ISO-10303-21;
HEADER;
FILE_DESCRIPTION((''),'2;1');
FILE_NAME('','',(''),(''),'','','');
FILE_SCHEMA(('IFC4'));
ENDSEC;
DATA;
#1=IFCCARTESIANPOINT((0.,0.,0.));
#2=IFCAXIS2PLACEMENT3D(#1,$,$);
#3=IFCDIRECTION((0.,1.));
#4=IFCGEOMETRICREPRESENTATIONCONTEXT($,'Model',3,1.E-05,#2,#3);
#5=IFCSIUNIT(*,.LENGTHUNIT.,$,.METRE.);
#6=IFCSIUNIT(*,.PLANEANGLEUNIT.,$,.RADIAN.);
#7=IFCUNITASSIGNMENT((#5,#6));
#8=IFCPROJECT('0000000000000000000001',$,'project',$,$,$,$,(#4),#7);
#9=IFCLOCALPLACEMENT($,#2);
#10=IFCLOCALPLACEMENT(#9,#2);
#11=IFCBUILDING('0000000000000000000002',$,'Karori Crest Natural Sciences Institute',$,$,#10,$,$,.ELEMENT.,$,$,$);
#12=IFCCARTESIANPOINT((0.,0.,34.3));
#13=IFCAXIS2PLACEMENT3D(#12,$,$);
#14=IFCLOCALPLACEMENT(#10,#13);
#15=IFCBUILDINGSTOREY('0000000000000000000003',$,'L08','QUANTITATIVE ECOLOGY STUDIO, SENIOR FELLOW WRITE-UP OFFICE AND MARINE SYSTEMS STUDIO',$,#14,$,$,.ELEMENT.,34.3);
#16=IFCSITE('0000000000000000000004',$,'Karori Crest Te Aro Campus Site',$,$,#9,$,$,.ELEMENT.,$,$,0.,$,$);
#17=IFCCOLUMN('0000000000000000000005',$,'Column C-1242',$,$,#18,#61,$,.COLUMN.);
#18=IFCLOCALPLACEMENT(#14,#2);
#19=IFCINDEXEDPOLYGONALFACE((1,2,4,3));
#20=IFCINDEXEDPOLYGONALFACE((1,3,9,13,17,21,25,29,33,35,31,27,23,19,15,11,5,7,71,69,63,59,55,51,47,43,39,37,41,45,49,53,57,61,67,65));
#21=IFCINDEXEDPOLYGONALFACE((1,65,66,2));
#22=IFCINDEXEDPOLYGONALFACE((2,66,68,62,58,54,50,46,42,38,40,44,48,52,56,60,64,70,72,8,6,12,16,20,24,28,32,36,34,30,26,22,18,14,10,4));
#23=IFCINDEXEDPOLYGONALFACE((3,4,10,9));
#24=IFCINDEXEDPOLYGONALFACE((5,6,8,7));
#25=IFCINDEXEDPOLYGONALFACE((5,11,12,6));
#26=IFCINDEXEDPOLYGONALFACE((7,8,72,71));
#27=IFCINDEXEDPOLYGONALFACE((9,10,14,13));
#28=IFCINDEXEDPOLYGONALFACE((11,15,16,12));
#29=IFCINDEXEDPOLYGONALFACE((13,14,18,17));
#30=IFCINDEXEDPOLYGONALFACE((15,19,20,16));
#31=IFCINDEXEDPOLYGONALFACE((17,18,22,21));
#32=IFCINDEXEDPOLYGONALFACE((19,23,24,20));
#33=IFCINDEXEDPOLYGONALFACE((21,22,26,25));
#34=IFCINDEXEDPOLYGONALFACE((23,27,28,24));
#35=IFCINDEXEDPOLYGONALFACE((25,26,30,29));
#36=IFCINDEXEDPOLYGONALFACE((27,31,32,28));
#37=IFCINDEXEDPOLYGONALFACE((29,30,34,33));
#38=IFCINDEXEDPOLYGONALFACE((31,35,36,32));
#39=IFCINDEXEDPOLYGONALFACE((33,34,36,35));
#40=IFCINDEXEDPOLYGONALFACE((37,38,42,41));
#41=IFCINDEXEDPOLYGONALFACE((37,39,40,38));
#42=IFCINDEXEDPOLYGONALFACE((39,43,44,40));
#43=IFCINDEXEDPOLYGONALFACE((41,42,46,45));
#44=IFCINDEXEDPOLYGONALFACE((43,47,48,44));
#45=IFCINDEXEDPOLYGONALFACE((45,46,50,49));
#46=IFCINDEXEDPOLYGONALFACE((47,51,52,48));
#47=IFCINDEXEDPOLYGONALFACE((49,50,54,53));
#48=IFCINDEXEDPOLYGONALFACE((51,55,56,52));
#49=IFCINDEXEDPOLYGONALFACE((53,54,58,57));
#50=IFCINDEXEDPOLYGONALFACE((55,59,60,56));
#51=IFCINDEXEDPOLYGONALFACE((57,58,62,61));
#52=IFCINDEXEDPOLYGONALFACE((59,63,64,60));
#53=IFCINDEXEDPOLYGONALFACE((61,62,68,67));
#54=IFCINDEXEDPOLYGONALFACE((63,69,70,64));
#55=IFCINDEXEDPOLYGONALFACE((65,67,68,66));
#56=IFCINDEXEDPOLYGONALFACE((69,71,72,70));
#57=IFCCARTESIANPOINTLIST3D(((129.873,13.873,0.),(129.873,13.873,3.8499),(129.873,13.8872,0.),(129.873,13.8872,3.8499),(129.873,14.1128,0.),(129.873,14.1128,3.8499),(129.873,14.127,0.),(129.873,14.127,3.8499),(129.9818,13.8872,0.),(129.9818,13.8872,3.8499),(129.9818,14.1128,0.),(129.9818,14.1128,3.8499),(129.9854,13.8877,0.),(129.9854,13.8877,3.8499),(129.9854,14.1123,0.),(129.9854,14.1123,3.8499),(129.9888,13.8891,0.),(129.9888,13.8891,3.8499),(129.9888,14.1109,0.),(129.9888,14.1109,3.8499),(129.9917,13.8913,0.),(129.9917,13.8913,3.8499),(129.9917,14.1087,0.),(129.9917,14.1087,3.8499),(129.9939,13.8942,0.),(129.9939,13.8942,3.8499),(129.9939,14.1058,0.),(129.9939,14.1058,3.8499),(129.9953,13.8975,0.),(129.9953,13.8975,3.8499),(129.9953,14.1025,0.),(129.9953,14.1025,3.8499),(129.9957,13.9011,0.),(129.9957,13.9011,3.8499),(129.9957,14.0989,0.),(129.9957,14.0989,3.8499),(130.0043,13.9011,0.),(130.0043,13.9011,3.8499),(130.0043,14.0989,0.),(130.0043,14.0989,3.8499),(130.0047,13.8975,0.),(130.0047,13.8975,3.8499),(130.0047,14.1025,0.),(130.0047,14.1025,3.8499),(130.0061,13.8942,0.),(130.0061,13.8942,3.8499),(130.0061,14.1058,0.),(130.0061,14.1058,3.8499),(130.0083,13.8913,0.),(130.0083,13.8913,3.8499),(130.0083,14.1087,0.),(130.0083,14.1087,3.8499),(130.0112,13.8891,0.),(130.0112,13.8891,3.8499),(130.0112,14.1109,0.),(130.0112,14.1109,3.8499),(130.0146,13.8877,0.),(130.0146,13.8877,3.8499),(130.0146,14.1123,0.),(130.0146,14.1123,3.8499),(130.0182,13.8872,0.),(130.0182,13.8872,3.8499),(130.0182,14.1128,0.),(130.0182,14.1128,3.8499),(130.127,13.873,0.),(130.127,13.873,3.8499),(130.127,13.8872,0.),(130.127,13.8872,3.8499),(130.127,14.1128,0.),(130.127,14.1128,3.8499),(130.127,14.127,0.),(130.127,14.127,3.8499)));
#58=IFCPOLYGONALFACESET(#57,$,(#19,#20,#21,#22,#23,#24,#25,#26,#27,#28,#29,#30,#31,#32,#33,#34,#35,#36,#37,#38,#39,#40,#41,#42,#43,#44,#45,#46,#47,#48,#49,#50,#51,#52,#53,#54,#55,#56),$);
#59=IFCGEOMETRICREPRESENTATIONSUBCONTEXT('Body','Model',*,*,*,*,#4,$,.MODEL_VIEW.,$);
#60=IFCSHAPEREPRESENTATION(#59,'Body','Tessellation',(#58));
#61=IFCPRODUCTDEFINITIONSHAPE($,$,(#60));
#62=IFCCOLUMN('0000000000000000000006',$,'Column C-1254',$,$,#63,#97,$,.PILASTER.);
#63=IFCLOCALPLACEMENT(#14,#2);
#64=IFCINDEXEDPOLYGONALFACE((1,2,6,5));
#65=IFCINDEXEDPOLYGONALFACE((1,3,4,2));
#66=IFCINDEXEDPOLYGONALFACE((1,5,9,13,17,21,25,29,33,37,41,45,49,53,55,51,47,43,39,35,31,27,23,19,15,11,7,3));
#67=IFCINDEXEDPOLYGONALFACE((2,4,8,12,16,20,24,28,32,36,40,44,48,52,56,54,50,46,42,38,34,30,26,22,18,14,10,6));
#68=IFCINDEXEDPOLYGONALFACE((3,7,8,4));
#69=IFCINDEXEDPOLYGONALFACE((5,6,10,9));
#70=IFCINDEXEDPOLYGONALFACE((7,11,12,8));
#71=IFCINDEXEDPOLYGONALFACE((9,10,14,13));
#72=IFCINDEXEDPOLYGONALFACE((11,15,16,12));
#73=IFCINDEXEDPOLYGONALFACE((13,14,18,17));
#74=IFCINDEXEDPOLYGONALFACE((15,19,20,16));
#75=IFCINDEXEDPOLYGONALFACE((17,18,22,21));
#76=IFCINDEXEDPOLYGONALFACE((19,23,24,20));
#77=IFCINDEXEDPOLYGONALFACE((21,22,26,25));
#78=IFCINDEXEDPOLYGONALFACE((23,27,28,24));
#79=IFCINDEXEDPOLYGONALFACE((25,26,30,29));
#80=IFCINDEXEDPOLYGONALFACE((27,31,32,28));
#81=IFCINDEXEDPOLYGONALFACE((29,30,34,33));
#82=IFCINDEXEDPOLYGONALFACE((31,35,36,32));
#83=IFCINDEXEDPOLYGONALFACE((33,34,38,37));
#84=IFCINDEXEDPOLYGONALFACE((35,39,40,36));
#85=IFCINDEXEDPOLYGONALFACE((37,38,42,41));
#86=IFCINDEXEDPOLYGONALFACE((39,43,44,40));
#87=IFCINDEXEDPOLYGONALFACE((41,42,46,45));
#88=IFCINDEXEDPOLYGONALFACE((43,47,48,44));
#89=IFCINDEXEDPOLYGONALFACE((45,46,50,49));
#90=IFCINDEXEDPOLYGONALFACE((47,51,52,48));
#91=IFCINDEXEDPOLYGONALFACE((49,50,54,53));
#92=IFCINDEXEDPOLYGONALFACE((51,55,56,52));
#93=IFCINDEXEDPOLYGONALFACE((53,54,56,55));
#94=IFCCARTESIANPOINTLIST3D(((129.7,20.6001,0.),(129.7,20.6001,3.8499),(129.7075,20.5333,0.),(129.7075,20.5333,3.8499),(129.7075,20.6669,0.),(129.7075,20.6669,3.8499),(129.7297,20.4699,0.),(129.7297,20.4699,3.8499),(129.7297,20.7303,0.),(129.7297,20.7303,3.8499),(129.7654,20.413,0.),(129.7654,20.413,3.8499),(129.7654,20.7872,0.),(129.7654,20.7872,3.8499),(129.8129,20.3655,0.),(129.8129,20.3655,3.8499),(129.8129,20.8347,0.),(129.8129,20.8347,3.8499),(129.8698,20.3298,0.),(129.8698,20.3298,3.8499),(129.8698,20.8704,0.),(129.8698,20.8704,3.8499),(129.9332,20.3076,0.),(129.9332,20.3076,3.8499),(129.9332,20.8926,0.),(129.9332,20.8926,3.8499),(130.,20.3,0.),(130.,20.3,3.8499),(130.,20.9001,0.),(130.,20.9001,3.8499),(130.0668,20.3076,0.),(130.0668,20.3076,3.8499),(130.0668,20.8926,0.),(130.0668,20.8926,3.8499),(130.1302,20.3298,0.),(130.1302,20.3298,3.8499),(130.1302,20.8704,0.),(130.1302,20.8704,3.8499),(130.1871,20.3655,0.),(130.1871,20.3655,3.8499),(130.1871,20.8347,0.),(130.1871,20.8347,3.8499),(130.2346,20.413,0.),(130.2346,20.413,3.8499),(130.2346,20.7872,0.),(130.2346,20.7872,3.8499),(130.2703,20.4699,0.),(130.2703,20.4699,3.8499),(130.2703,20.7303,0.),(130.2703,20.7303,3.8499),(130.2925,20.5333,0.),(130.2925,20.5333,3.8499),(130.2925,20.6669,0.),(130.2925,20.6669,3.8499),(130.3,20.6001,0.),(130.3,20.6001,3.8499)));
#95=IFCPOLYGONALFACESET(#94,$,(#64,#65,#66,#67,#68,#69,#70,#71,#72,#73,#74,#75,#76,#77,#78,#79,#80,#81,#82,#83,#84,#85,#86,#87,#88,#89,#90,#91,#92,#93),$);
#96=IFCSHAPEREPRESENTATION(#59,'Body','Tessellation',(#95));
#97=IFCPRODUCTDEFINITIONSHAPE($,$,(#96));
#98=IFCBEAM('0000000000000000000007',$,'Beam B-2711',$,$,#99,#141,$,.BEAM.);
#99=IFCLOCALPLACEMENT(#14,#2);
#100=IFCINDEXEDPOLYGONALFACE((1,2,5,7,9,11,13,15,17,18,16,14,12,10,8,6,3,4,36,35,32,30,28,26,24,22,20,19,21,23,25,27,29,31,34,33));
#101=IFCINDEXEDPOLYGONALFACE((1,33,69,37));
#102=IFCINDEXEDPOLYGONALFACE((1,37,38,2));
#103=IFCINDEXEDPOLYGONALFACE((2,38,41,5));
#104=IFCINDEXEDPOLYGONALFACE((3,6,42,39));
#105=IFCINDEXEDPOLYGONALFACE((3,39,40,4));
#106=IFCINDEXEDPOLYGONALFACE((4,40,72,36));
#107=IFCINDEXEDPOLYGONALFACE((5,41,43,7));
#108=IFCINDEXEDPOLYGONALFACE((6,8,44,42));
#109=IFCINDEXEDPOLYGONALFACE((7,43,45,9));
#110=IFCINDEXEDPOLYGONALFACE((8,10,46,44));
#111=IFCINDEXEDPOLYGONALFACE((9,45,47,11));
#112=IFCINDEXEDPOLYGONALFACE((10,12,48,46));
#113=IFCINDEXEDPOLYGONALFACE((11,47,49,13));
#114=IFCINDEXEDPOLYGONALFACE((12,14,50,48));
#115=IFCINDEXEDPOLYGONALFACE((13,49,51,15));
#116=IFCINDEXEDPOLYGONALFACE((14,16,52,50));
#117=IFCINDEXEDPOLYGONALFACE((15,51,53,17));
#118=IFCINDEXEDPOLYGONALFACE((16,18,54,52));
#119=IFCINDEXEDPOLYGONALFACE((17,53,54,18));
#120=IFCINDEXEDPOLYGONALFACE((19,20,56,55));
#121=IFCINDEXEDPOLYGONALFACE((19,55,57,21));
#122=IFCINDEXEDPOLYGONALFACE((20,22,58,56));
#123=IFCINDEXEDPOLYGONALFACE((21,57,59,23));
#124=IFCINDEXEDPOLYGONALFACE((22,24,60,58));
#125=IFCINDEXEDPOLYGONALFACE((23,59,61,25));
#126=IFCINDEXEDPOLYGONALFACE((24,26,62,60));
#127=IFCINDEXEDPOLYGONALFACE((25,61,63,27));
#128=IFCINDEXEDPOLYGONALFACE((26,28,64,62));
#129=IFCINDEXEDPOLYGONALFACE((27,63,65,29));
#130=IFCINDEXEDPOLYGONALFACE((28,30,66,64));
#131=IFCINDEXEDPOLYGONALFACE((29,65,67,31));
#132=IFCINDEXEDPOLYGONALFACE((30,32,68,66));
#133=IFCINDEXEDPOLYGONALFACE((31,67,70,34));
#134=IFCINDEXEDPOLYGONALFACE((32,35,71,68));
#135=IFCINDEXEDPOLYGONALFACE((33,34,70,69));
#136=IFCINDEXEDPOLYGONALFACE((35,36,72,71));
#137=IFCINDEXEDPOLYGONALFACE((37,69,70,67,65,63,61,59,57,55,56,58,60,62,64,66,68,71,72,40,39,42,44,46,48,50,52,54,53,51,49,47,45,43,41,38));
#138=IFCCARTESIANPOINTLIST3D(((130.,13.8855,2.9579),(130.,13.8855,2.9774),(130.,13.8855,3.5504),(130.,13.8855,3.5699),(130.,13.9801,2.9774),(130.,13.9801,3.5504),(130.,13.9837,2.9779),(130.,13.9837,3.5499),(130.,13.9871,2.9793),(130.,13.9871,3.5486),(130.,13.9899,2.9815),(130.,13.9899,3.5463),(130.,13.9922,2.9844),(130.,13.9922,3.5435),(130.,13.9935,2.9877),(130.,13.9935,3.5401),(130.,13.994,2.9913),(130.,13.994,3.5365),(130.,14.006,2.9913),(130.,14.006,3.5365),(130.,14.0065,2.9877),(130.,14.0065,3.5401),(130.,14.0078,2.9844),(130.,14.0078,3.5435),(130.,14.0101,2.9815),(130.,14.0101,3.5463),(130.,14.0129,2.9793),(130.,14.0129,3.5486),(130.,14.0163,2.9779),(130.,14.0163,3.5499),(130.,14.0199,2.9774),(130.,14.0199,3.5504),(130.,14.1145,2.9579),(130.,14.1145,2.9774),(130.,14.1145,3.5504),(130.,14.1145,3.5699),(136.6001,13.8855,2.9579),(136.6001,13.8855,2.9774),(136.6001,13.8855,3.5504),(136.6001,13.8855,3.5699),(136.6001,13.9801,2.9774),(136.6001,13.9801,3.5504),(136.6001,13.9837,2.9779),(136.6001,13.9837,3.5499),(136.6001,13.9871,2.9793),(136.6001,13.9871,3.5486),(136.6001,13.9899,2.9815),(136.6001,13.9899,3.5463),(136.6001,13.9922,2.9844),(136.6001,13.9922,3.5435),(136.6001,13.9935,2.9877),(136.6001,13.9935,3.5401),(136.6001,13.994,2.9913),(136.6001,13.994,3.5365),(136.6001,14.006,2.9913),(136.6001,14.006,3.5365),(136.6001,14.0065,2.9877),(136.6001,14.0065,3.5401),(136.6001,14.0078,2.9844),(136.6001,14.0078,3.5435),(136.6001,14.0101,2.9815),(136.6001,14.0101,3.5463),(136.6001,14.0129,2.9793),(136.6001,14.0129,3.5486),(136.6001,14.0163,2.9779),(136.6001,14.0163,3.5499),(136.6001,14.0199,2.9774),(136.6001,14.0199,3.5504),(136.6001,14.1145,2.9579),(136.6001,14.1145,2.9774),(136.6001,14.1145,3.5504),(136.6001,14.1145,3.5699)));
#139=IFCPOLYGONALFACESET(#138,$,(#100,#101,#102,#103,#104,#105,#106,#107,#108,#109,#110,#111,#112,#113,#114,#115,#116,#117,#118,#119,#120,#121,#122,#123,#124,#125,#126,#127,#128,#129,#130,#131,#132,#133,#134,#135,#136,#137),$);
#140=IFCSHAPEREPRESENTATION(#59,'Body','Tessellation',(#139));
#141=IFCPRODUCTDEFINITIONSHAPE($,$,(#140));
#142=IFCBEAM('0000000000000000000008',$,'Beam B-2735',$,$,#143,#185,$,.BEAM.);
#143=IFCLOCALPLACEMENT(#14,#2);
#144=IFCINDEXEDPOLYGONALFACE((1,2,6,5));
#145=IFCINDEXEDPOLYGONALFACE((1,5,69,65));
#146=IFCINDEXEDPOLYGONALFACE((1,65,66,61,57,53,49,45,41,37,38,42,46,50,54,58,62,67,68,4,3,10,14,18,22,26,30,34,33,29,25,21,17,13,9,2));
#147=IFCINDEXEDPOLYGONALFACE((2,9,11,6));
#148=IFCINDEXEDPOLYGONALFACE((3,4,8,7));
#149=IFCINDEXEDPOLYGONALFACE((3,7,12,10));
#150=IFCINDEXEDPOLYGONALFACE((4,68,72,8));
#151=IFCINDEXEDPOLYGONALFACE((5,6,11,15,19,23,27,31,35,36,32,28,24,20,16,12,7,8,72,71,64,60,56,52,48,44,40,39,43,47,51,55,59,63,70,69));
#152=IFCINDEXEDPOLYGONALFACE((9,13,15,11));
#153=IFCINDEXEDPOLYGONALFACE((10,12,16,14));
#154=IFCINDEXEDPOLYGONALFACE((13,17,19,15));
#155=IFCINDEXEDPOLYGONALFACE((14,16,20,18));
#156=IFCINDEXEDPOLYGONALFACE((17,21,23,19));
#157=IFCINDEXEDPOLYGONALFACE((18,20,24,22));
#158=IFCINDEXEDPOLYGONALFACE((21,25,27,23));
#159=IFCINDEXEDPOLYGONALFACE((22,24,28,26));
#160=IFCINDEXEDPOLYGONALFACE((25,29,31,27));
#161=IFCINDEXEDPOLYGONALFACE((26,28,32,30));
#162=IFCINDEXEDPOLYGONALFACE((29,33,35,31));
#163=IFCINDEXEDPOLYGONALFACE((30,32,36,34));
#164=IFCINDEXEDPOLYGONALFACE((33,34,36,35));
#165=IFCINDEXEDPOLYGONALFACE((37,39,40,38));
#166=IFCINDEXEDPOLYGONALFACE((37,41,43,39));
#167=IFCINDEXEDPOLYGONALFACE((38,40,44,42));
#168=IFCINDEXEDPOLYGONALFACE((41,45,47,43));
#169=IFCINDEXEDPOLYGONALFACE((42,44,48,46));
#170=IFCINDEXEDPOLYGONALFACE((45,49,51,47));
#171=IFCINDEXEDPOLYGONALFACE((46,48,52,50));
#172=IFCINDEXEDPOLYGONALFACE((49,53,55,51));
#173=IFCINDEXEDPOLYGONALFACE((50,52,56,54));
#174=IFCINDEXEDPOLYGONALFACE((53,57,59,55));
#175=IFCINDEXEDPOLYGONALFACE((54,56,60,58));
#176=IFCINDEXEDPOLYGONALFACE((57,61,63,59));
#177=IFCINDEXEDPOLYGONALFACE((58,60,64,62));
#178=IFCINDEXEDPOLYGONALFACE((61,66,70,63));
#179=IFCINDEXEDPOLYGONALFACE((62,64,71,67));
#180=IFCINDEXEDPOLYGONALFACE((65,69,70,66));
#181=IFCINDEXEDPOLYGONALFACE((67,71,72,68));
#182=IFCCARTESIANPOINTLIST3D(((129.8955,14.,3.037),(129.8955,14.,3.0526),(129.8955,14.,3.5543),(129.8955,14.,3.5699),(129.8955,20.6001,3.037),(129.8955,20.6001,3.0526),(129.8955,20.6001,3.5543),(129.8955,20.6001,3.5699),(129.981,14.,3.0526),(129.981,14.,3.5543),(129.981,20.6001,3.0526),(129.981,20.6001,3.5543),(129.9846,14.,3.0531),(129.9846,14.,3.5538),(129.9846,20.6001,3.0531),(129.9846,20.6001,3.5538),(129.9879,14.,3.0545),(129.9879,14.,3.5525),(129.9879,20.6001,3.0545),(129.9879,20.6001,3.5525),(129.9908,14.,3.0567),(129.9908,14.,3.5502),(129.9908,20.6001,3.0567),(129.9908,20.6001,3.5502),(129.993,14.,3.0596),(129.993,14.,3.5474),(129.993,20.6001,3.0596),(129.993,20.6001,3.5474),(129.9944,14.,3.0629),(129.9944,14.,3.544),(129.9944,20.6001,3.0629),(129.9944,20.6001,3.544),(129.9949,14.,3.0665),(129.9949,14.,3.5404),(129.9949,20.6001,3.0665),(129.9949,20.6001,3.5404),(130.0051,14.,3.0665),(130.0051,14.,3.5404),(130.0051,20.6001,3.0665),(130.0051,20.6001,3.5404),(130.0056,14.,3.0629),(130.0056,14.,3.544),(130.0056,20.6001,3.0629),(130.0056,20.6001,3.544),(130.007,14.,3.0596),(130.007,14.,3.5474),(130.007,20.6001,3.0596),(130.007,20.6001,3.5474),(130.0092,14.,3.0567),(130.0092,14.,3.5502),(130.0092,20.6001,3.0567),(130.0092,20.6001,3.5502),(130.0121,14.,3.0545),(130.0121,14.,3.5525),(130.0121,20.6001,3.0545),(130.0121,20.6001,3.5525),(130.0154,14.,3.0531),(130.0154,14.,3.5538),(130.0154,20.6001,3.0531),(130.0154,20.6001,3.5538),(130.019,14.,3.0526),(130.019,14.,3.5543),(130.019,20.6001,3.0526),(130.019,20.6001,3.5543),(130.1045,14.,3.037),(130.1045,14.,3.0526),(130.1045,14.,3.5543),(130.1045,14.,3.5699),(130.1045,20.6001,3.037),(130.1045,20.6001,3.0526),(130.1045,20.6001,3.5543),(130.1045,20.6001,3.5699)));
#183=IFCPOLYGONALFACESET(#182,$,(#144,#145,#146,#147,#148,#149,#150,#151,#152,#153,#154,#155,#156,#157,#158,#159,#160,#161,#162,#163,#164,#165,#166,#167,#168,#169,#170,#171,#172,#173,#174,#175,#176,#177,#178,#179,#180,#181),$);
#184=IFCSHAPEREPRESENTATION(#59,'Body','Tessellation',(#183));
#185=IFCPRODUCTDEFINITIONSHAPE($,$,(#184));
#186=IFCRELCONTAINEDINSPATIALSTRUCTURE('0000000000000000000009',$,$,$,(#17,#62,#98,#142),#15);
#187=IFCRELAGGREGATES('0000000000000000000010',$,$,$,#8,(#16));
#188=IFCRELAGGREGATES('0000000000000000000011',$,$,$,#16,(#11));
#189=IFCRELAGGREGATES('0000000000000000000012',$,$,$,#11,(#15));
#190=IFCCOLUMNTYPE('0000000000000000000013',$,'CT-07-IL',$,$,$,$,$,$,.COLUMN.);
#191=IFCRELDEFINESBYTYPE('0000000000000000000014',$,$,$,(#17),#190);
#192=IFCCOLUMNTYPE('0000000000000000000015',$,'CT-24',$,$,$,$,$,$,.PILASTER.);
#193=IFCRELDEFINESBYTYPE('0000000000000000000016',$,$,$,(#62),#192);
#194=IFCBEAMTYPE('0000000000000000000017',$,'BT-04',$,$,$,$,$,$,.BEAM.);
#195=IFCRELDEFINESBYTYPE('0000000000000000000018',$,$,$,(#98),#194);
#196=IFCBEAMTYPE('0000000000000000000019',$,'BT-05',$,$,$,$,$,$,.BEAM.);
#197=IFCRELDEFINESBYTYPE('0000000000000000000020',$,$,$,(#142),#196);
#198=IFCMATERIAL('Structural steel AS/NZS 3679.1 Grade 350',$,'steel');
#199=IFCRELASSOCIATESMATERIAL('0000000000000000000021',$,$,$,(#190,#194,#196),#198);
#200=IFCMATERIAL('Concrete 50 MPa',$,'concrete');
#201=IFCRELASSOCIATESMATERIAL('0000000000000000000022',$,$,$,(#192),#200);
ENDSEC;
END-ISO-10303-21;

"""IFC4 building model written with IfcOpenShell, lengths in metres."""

from ifc_helpers import new_model, si_unit, direction, frame, origin, origin_2d, place, context, subcontext, project, spatial, circle, i_section, extrude, material, material_profile, profile_set, type_object, element, save


model = new_model("IFC4")

# Units and contexts
model_context = context("Model", 3, precision=1e-05, world=origin(), true_north=direction((0.0, 1.0)))
body_context = subcontext(model_context, "Body", "Model", "MODEL_VIEW")
ifc_project = project(units=[si_unit("LENGTHUNIT", "METRE"), si_unit("PLANEANGLEUNIT", "RADIAN")], contexts=[model_context])

# Site, building, storey
site_placement = place(None, origin())
site = spatial("IfcSite", under=ifc_project, at=site_placement, Name="Karori Crest Te Aro Campus Site", CompositionType="ELEMENT", RefElevation=0.0)
building_placement = place(site_placement, origin())
building = spatial("IfcBuilding", under=site, at=building_placement, Name="Karori Crest Natural Sciences Institute", CompositionType="ELEMENT")
storey_placement = place(building_placement, frame((0.0, 0.0, 34.3)))
storey = spatial("IfcBuildingStorey", under=building, at=storey_placement, Name="L08", Description="QUANTITATIVE ECOLOGY STUDIO, SENIOR FELLOW WRITE-UP OFFICE AND MARINE SYSTEMS STUDIO", CompositionType="ELEMENT", Elevation=34.3)

# Columns
ifc_material_1 = material(Name="Structural steel AS/NZS 3679.1 Grade 350", Category="steel")
ifc_material_profile_1 = material_profile(ifc_material_1, i_section(OverallWidth=0.2539, OverallDepth=0.2539, WebThickness=0.0085, FlangeThickness=0.0142, FilletRadius=0.0139, at=origin_2d()), Name="250UC72.9")
ifc_profile_set_1 = profile_set([ifc_material_profile_1], Name="Structural steel AS/NZS 3679.1 Grade 350")
column_type_1 = type_object("IfcColumnType", Name="CT-07-IL", PredefinedType="COLUMN", material=ifc_profile_set_1)
column_1_placement = place(storey_placement, frame((130.0, 14.0, 0.0), z_axis=(0.0, 0.0, 1.0), x_axis=(1.0, 0.0, 0.0)))
element("IfcColumn", 1, at=column_1_placement, inside=storey, type_object=column_type_1, Name="Column C-1242", PredefinedType="COLUMN", context=body_context, shape_type="SweptSolid", body=[
    extrude(i_section(OverallWidth=0.2539, OverallDepth=0.2539, WebThickness=0.0085, FlangeThickness=0.0142, FilletRadius=0.0139, at=origin_2d()), origin(), (0.0, 0.0, 1.0), 3.8499),
])
ifc_material_2 = material(Name="Concrete 50 MPa", Category="concrete")
ifc_material_profile_2 = material_profile(ifc_material_2, circle(Radius=0.3, at=origin_2d()), Name="RCC600")
ifc_profile_set_2 = profile_set([ifc_material_profile_2], Name="Concrete 50 MPa")
column_type_2 = type_object("IfcColumnType", Name="CT-24", PredefinedType="PILASTER", material=ifc_profile_set_2)
column_2_placement = place(storey_placement, frame((130.0, 20.6001, 0.0), z_axis=(0.0, 0.0, 1.0), x_axis=(1.0, 0.0, 0.0)))
element("IfcColumn", 2, at=column_2_placement, inside=storey, type_object=column_type_2, Name="Column C-1254", PredefinedType="PILASTER", context=body_context, shape_type="SweptSolid", body=[
    extrude(circle(Radius=0.3, at=origin_2d()), origin(), (0.0, 0.0, 1.0), 3.8499),
])

# Beams
ifc_material_profile_3 = material_profile(ifc_material_1, i_section(OverallWidth=0.229, OverallDepth=0.6121, WebThickness=0.012, FlangeThickness=0.0195, FilletRadius=0.0139, at=origin_2d()), Name="610UB125")
ifc_profile_set_3 = profile_set([ifc_material_profile_3], Name="Structural steel AS/NZS 3679.1 Grade 350")
beam_type_1 = type_object("IfcBeamType", Name="BT-04", PredefinedType="BEAM", material=ifc_profile_set_3)
beam_1_placement = place(storey_placement, frame((130.0, 14.0, 3.2639), z_axis=(1.0, 0.0, 0.0), x_axis=(0.0, 1.0, 0.0)))
element("IfcBeam", 3, at=beam_1_placement, inside=storey, type_object=beam_type_1, Name="Beam B-2711", PredefinedType="BEAM", context=body_context, shape_type="SweptSolid", body=[
    extrude(i_section(OverallWidth=0.229, OverallDepth=0.6121, WebThickness=0.012, FlangeThickness=0.0195, FilletRadius=0.0139, at=origin_2d()), origin(), (0.0, 0.0, 1.0), 6.6001),
])
ifc_material_profile_4 = material_profile(ifc_material_1, i_section(OverallWidth=0.209, OverallDepth=0.533, WebThickness=0.0103, FlangeThickness=0.0156, FilletRadius=0.0139, at=origin_2d()), Name="530UB92.4")
ifc_profile_set_4 = profile_set([ifc_material_profile_4], Name="Structural steel AS/NZS 3679.1 Grade 350")
beam_type_2 = type_object("IfcBeamType", Name="BT-05", PredefinedType="BEAM", material=ifc_profile_set_4)
beam_2_placement = place(storey_placement, frame((130.0, 14.0, 3.3035), z_axis=(0.0, 1.0, 0.0), x_axis=(-1.0, 0.0, 0.0)))
element("IfcBeam", 4, at=beam_2_placement, inside=storey, type_object=beam_type_2, Name="Beam B-2735", PredefinedType="BEAM", context=body_context, shape_type="SweptSolid", body=[
    extrude(i_section(OverallWidth=0.209, OverallDepth=0.533, WebThickness=0.0103, FlangeThickness=0.0156, FilletRadius=0.0139, at=origin_2d()), origin(), (0.0, 0.0, 1.0), 6.6001),
])

save(model, "model.ifc")
